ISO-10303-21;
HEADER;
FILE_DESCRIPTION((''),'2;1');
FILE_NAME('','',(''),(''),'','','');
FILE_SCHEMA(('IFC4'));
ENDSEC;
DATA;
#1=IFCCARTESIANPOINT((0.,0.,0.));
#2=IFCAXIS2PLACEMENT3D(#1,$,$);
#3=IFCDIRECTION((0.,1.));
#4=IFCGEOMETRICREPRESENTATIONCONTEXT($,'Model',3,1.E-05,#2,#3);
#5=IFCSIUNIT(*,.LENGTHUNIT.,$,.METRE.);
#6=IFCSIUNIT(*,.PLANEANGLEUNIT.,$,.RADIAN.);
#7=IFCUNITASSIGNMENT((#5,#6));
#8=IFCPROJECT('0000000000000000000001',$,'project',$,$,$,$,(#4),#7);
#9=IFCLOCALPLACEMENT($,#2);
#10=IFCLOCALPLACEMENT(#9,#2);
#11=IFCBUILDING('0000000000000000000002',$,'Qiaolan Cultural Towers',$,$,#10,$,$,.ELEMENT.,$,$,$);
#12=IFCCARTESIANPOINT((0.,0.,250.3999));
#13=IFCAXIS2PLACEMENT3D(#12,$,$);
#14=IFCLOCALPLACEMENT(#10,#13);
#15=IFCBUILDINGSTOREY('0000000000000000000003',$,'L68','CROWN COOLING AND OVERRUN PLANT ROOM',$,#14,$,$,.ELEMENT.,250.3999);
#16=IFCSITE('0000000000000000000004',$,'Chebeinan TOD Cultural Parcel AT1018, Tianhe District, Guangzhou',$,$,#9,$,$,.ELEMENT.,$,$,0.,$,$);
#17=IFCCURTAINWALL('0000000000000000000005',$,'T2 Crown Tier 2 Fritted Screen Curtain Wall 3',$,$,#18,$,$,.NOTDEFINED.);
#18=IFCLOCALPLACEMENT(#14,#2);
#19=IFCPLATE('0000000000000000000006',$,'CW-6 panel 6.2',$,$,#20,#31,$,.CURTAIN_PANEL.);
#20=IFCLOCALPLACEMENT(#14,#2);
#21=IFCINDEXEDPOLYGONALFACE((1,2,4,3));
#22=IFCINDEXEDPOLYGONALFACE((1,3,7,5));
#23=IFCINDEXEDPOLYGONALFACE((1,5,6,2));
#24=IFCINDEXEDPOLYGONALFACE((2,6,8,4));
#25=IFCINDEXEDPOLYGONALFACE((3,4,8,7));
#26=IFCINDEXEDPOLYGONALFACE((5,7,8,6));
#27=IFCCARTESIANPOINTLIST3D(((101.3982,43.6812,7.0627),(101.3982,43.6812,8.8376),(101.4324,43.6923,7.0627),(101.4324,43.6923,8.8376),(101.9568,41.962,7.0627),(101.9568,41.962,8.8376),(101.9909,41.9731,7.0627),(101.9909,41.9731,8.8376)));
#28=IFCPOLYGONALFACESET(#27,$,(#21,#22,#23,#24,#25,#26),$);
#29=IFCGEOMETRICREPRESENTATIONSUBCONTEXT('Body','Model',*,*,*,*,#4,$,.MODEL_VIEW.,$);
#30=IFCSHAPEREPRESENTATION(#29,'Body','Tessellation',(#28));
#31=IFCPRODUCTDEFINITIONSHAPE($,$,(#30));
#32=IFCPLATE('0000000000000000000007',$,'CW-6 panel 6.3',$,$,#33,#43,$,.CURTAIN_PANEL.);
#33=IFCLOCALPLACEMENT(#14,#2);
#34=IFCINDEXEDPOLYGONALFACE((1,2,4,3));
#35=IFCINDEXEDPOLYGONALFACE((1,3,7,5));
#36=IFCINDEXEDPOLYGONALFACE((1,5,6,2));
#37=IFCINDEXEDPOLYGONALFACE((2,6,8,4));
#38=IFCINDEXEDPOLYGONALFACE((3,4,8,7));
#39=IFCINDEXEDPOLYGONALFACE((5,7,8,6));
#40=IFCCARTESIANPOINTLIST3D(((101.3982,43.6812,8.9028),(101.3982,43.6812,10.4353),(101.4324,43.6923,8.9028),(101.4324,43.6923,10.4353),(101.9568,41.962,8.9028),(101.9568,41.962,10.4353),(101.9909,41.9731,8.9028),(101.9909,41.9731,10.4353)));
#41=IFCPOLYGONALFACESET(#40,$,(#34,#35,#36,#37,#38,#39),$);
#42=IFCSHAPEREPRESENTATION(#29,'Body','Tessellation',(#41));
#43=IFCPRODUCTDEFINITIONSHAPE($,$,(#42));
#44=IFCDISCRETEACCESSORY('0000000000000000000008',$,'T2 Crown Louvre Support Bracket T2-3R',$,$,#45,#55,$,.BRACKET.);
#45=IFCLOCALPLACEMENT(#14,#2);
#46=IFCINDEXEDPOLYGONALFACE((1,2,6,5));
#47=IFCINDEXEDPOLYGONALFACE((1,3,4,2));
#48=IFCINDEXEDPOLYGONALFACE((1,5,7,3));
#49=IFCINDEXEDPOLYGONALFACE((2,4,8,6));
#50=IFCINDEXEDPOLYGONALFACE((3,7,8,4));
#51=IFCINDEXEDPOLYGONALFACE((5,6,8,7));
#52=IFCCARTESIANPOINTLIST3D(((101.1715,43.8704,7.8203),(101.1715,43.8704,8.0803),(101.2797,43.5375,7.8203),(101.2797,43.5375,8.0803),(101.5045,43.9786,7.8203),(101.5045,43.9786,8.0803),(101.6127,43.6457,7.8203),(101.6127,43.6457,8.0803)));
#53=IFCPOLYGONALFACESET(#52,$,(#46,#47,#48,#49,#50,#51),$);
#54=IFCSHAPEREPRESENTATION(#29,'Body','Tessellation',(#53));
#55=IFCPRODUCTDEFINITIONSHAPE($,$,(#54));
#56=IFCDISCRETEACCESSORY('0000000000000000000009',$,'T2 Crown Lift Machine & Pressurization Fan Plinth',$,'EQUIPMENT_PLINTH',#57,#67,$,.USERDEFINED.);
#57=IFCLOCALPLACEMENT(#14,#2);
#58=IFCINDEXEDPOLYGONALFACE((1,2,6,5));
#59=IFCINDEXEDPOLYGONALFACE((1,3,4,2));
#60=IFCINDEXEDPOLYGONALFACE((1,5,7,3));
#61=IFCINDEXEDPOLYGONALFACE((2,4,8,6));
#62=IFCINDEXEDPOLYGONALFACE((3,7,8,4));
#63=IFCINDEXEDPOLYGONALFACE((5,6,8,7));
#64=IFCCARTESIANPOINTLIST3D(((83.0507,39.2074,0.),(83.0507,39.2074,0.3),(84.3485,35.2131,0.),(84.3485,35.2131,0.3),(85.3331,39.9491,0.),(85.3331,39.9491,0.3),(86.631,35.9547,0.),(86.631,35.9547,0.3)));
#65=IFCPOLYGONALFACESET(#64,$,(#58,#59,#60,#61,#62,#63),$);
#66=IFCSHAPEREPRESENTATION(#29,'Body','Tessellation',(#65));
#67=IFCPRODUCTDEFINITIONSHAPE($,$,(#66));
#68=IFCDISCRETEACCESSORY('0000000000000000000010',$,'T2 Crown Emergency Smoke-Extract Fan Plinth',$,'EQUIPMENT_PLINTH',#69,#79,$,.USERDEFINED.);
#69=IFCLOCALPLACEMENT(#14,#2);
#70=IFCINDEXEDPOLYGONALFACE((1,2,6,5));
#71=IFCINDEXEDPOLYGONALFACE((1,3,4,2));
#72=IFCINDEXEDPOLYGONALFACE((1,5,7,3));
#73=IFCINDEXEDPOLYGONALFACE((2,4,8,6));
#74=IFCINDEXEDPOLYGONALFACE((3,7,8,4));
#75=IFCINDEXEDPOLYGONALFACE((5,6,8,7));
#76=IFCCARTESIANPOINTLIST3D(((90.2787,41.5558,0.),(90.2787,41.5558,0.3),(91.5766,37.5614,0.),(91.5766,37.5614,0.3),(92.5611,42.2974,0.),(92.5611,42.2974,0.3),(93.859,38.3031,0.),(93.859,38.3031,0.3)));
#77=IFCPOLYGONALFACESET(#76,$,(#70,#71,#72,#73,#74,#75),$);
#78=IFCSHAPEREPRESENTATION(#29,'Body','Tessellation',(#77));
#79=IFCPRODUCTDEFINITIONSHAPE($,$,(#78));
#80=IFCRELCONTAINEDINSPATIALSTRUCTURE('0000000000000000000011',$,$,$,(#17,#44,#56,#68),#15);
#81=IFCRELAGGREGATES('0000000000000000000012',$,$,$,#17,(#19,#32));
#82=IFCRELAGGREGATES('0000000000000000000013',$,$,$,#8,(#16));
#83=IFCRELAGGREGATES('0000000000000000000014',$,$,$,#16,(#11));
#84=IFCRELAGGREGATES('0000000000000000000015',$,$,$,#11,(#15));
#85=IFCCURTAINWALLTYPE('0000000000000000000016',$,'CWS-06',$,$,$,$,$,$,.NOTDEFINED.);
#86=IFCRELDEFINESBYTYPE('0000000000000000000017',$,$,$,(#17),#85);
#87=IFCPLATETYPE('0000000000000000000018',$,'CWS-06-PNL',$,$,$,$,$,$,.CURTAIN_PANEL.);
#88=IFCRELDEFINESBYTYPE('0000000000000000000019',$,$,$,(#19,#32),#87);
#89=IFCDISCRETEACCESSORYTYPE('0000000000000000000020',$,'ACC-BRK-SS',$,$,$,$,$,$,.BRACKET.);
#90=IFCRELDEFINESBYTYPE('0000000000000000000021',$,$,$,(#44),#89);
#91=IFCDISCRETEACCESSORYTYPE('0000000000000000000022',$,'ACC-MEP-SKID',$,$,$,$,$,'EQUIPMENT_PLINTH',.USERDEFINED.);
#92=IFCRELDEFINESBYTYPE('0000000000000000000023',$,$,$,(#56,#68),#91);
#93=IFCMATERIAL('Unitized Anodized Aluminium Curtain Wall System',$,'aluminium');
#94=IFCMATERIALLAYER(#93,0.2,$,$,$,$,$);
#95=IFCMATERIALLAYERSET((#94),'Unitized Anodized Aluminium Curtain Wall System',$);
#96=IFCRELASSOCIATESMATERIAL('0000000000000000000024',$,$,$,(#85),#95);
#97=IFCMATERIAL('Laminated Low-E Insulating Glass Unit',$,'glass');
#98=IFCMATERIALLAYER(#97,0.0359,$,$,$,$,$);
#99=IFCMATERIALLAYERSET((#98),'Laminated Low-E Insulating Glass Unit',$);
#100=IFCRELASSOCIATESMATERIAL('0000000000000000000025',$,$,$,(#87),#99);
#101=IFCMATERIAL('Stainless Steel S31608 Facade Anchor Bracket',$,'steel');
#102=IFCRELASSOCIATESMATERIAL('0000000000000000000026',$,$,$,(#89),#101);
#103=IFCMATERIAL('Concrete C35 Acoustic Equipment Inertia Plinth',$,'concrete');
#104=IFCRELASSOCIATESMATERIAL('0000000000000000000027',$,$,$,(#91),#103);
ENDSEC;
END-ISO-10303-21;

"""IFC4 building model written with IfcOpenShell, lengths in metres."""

from ifc_helpers import new_model, si_unit, direction, frame, origin, origin_2d, place, context, subcontext, project, spatial, rectangle, extrude, material, layer, layer_set, type_object, element, aggregate, save


model = new_model("IFC4")

# Units and contexts
model_context = context("Model", 3, precision=1e-05, world=origin(), true_north=direction((0.0, 1.0)))
body_context = subcontext(model_context, "Body", "Model", "MODEL_VIEW")
ifc_project = project(units=[si_unit("LENGTHUNIT", "METRE"), si_unit("PLANEANGLEUNIT", "RADIAN")], contexts=[model_context])

# Site, building, storey
site_placement = place(None, origin())
site = spatial("IfcSite", under=ifc_project, at=site_placement, Name="Chebeinan TOD Cultural Parcel AT1018, Tianhe District, Guangzhou", CompositionType="ELEMENT", RefElevation=0.0)
building_placement = place(site_placement, origin())
building = spatial("IfcBuilding", under=site, at=building_placement, Name="Qiaolan Cultural Towers", CompositionType="ELEMENT")
storey_placement = place(building_placement, frame((0.0, 0.0, 250.3999)))
storey = spatial("IfcBuildingStorey", under=building, at=storey_placement, Name="L68", Description="CROWN COOLING AND OVERRUN PLANT ROOM", CompositionType="ELEMENT", Elevation=250.3999)

# Curtain wall
ifc_material_1 = material(Name="Unitized Anodized Aluminium Curtain Wall System", Category="aluminium")
ifc_layer_1 = layer(ifc_material_1, 0.2)
ifc_layer_set_1 = layer_set([ifc_layer_1], Name="Unitized Anodized Aluminium Curtain Wall System")
curtain_wall_type = type_object("IfcCurtainWallType", Name="CWS-06", PredefinedType="NOTDEFINED", material=ifc_layer_set_1)
curtain_wall_1_placement = place(storey_placement, origin())
curtain_wall_1 = element("IfcCurtainWall", 1, at=curtain_wall_1_placement, inside=storey, type_object=curtain_wall_type, Name="T2 Crown Tier 2 Fritted Screen Curtain Wall 3", PredefinedType="NOTDEFINED")

# Plates
ifc_material_2 = material(Name="Laminated Low-E Insulating Glass Unit", Category="glass")
ifc_layer_2 = layer(ifc_material_2, 0.0359)
ifc_layer_set_2 = layer_set([ifc_layer_2], Name="Laminated Low-E Insulating Glass Unit")
plate_type = type_object("IfcPlateType", Name="CWS-06-PNL", PredefinedType="CURTAIN_PANEL", material=ifc_layer_set_2)
plate_1_placement = place(storey_placement, frame((101.6946, 42.8271, 7.0627), z_axis=(0.0, 0.0, 1.0), x_axis=(-0.309017, 0.951057, 0.0)))
plate_1 = element("IfcPlate", 2, at=plate_1_placement, type_object=plate_type, Name="CW-6 panel 6.2", PredefinedType="CURTAIN_PANEL", context=body_context, shape_type="SweptSolid", body=[
    extrude(rectangle(XDim=1.8076, YDim=0.0359, at=origin_2d()), origin(), (0.0, 0.0, 1.0), 1.7749),
])
plate_2_placement = place(storey_placement, frame((101.6946, 42.8271, 8.9028), z_axis=(0.0, 0.0, 1.0), x_axis=(-0.309017, 0.951057, 0.0)))
plate_2 = element("IfcPlate", 3, at=plate_2_placement, type_object=plate_type, Name="CW-6 panel 6.3", PredefinedType="CURTAIN_PANEL", context=body_context, shape_type="SweptSolid", body=[
    extrude(rectangle(XDim=1.8076, YDim=0.0359, at=origin_2d()), origin(), (0.0, 0.0, 1.0), 1.5325),
])
aggregate(curtain_wall_1, [plate_1, plate_2])

# Discrete accessories
ifc_material_3 = material(Name="Stainless Steel S31608 Facade Anchor Bracket", Category="steel")
discrete_accessory_type_1 = type_object("IfcDiscreteAccessoryType", Name="ACC-BRK-SS", PredefinedType="BRACKET", material=ifc_material_3)
discrete_accessory_placement = place(storey_placement, frame((101.3921, 43.7581, 7.8203), z_axis=(0.0, 0.0, 1.0), x_axis=(-0.309017, 0.951057, 0.0)))
element("IfcDiscreteAccessory", 4, at=discrete_accessory_placement, inside=storey, type_object=discrete_accessory_type_1, Name="T2 Crown Louvre Support Bracket T2-3R", PredefinedType="BRACKET", context=body_context, shape_type="SweptSolid", body=[
    extrude(rectangle(XDim=0.3501, YDim=0.3501, at=origin_2d()), origin(), (0.0, 0.0, 1.0), 0.26),
])
ifc_material_4 = material(Name="Concrete C35 Acoustic Equipment Inertia Plinth", Category="concrete")
discrete_accessory_type_2 = type_object("IfcDiscreteAccessoryType", Name="ACC-MEP-SKID", ElementType="EQUIPMENT_PLINTH", PredefinedType="USERDEFINED", material=ifc_material_4)
for number, where, z_axis, x_axis, name in (
    (5, (84.8408, 37.5811, 0.0), (0.0, 0.0, 1.0), (0.951057, 0.309017, 0.0), "T2 Crown Lift Machine & Pressurization Fan Plinth"),
    (6, (92.0688, 39.9294, 0.0), (0.0, 0.0, 1.0), (0.951057, 0.309017, 0.0), "T2 Crown Emergency Smoke-Extract Fan Plinth"),
):
    element("IfcDiscreteAccessory", number, at=place(storey_placement, frame(where, z_axis=z_axis, x_axis=x_axis)), inside=storey, type_object=discrete_accessory_type_2, Name=name, ObjectType="EQUIPMENT_PLINTH", PredefinedType="USERDEFINED", context=body_context, shape_type="SweptSolid", body=[
        extrude(rectangle(XDim=2.3999, YDim=4.2, at=origin_2d()), origin(), (0.0, 0.0, 1.0), 0.3),
    ])

save(model, "model.ifc")
